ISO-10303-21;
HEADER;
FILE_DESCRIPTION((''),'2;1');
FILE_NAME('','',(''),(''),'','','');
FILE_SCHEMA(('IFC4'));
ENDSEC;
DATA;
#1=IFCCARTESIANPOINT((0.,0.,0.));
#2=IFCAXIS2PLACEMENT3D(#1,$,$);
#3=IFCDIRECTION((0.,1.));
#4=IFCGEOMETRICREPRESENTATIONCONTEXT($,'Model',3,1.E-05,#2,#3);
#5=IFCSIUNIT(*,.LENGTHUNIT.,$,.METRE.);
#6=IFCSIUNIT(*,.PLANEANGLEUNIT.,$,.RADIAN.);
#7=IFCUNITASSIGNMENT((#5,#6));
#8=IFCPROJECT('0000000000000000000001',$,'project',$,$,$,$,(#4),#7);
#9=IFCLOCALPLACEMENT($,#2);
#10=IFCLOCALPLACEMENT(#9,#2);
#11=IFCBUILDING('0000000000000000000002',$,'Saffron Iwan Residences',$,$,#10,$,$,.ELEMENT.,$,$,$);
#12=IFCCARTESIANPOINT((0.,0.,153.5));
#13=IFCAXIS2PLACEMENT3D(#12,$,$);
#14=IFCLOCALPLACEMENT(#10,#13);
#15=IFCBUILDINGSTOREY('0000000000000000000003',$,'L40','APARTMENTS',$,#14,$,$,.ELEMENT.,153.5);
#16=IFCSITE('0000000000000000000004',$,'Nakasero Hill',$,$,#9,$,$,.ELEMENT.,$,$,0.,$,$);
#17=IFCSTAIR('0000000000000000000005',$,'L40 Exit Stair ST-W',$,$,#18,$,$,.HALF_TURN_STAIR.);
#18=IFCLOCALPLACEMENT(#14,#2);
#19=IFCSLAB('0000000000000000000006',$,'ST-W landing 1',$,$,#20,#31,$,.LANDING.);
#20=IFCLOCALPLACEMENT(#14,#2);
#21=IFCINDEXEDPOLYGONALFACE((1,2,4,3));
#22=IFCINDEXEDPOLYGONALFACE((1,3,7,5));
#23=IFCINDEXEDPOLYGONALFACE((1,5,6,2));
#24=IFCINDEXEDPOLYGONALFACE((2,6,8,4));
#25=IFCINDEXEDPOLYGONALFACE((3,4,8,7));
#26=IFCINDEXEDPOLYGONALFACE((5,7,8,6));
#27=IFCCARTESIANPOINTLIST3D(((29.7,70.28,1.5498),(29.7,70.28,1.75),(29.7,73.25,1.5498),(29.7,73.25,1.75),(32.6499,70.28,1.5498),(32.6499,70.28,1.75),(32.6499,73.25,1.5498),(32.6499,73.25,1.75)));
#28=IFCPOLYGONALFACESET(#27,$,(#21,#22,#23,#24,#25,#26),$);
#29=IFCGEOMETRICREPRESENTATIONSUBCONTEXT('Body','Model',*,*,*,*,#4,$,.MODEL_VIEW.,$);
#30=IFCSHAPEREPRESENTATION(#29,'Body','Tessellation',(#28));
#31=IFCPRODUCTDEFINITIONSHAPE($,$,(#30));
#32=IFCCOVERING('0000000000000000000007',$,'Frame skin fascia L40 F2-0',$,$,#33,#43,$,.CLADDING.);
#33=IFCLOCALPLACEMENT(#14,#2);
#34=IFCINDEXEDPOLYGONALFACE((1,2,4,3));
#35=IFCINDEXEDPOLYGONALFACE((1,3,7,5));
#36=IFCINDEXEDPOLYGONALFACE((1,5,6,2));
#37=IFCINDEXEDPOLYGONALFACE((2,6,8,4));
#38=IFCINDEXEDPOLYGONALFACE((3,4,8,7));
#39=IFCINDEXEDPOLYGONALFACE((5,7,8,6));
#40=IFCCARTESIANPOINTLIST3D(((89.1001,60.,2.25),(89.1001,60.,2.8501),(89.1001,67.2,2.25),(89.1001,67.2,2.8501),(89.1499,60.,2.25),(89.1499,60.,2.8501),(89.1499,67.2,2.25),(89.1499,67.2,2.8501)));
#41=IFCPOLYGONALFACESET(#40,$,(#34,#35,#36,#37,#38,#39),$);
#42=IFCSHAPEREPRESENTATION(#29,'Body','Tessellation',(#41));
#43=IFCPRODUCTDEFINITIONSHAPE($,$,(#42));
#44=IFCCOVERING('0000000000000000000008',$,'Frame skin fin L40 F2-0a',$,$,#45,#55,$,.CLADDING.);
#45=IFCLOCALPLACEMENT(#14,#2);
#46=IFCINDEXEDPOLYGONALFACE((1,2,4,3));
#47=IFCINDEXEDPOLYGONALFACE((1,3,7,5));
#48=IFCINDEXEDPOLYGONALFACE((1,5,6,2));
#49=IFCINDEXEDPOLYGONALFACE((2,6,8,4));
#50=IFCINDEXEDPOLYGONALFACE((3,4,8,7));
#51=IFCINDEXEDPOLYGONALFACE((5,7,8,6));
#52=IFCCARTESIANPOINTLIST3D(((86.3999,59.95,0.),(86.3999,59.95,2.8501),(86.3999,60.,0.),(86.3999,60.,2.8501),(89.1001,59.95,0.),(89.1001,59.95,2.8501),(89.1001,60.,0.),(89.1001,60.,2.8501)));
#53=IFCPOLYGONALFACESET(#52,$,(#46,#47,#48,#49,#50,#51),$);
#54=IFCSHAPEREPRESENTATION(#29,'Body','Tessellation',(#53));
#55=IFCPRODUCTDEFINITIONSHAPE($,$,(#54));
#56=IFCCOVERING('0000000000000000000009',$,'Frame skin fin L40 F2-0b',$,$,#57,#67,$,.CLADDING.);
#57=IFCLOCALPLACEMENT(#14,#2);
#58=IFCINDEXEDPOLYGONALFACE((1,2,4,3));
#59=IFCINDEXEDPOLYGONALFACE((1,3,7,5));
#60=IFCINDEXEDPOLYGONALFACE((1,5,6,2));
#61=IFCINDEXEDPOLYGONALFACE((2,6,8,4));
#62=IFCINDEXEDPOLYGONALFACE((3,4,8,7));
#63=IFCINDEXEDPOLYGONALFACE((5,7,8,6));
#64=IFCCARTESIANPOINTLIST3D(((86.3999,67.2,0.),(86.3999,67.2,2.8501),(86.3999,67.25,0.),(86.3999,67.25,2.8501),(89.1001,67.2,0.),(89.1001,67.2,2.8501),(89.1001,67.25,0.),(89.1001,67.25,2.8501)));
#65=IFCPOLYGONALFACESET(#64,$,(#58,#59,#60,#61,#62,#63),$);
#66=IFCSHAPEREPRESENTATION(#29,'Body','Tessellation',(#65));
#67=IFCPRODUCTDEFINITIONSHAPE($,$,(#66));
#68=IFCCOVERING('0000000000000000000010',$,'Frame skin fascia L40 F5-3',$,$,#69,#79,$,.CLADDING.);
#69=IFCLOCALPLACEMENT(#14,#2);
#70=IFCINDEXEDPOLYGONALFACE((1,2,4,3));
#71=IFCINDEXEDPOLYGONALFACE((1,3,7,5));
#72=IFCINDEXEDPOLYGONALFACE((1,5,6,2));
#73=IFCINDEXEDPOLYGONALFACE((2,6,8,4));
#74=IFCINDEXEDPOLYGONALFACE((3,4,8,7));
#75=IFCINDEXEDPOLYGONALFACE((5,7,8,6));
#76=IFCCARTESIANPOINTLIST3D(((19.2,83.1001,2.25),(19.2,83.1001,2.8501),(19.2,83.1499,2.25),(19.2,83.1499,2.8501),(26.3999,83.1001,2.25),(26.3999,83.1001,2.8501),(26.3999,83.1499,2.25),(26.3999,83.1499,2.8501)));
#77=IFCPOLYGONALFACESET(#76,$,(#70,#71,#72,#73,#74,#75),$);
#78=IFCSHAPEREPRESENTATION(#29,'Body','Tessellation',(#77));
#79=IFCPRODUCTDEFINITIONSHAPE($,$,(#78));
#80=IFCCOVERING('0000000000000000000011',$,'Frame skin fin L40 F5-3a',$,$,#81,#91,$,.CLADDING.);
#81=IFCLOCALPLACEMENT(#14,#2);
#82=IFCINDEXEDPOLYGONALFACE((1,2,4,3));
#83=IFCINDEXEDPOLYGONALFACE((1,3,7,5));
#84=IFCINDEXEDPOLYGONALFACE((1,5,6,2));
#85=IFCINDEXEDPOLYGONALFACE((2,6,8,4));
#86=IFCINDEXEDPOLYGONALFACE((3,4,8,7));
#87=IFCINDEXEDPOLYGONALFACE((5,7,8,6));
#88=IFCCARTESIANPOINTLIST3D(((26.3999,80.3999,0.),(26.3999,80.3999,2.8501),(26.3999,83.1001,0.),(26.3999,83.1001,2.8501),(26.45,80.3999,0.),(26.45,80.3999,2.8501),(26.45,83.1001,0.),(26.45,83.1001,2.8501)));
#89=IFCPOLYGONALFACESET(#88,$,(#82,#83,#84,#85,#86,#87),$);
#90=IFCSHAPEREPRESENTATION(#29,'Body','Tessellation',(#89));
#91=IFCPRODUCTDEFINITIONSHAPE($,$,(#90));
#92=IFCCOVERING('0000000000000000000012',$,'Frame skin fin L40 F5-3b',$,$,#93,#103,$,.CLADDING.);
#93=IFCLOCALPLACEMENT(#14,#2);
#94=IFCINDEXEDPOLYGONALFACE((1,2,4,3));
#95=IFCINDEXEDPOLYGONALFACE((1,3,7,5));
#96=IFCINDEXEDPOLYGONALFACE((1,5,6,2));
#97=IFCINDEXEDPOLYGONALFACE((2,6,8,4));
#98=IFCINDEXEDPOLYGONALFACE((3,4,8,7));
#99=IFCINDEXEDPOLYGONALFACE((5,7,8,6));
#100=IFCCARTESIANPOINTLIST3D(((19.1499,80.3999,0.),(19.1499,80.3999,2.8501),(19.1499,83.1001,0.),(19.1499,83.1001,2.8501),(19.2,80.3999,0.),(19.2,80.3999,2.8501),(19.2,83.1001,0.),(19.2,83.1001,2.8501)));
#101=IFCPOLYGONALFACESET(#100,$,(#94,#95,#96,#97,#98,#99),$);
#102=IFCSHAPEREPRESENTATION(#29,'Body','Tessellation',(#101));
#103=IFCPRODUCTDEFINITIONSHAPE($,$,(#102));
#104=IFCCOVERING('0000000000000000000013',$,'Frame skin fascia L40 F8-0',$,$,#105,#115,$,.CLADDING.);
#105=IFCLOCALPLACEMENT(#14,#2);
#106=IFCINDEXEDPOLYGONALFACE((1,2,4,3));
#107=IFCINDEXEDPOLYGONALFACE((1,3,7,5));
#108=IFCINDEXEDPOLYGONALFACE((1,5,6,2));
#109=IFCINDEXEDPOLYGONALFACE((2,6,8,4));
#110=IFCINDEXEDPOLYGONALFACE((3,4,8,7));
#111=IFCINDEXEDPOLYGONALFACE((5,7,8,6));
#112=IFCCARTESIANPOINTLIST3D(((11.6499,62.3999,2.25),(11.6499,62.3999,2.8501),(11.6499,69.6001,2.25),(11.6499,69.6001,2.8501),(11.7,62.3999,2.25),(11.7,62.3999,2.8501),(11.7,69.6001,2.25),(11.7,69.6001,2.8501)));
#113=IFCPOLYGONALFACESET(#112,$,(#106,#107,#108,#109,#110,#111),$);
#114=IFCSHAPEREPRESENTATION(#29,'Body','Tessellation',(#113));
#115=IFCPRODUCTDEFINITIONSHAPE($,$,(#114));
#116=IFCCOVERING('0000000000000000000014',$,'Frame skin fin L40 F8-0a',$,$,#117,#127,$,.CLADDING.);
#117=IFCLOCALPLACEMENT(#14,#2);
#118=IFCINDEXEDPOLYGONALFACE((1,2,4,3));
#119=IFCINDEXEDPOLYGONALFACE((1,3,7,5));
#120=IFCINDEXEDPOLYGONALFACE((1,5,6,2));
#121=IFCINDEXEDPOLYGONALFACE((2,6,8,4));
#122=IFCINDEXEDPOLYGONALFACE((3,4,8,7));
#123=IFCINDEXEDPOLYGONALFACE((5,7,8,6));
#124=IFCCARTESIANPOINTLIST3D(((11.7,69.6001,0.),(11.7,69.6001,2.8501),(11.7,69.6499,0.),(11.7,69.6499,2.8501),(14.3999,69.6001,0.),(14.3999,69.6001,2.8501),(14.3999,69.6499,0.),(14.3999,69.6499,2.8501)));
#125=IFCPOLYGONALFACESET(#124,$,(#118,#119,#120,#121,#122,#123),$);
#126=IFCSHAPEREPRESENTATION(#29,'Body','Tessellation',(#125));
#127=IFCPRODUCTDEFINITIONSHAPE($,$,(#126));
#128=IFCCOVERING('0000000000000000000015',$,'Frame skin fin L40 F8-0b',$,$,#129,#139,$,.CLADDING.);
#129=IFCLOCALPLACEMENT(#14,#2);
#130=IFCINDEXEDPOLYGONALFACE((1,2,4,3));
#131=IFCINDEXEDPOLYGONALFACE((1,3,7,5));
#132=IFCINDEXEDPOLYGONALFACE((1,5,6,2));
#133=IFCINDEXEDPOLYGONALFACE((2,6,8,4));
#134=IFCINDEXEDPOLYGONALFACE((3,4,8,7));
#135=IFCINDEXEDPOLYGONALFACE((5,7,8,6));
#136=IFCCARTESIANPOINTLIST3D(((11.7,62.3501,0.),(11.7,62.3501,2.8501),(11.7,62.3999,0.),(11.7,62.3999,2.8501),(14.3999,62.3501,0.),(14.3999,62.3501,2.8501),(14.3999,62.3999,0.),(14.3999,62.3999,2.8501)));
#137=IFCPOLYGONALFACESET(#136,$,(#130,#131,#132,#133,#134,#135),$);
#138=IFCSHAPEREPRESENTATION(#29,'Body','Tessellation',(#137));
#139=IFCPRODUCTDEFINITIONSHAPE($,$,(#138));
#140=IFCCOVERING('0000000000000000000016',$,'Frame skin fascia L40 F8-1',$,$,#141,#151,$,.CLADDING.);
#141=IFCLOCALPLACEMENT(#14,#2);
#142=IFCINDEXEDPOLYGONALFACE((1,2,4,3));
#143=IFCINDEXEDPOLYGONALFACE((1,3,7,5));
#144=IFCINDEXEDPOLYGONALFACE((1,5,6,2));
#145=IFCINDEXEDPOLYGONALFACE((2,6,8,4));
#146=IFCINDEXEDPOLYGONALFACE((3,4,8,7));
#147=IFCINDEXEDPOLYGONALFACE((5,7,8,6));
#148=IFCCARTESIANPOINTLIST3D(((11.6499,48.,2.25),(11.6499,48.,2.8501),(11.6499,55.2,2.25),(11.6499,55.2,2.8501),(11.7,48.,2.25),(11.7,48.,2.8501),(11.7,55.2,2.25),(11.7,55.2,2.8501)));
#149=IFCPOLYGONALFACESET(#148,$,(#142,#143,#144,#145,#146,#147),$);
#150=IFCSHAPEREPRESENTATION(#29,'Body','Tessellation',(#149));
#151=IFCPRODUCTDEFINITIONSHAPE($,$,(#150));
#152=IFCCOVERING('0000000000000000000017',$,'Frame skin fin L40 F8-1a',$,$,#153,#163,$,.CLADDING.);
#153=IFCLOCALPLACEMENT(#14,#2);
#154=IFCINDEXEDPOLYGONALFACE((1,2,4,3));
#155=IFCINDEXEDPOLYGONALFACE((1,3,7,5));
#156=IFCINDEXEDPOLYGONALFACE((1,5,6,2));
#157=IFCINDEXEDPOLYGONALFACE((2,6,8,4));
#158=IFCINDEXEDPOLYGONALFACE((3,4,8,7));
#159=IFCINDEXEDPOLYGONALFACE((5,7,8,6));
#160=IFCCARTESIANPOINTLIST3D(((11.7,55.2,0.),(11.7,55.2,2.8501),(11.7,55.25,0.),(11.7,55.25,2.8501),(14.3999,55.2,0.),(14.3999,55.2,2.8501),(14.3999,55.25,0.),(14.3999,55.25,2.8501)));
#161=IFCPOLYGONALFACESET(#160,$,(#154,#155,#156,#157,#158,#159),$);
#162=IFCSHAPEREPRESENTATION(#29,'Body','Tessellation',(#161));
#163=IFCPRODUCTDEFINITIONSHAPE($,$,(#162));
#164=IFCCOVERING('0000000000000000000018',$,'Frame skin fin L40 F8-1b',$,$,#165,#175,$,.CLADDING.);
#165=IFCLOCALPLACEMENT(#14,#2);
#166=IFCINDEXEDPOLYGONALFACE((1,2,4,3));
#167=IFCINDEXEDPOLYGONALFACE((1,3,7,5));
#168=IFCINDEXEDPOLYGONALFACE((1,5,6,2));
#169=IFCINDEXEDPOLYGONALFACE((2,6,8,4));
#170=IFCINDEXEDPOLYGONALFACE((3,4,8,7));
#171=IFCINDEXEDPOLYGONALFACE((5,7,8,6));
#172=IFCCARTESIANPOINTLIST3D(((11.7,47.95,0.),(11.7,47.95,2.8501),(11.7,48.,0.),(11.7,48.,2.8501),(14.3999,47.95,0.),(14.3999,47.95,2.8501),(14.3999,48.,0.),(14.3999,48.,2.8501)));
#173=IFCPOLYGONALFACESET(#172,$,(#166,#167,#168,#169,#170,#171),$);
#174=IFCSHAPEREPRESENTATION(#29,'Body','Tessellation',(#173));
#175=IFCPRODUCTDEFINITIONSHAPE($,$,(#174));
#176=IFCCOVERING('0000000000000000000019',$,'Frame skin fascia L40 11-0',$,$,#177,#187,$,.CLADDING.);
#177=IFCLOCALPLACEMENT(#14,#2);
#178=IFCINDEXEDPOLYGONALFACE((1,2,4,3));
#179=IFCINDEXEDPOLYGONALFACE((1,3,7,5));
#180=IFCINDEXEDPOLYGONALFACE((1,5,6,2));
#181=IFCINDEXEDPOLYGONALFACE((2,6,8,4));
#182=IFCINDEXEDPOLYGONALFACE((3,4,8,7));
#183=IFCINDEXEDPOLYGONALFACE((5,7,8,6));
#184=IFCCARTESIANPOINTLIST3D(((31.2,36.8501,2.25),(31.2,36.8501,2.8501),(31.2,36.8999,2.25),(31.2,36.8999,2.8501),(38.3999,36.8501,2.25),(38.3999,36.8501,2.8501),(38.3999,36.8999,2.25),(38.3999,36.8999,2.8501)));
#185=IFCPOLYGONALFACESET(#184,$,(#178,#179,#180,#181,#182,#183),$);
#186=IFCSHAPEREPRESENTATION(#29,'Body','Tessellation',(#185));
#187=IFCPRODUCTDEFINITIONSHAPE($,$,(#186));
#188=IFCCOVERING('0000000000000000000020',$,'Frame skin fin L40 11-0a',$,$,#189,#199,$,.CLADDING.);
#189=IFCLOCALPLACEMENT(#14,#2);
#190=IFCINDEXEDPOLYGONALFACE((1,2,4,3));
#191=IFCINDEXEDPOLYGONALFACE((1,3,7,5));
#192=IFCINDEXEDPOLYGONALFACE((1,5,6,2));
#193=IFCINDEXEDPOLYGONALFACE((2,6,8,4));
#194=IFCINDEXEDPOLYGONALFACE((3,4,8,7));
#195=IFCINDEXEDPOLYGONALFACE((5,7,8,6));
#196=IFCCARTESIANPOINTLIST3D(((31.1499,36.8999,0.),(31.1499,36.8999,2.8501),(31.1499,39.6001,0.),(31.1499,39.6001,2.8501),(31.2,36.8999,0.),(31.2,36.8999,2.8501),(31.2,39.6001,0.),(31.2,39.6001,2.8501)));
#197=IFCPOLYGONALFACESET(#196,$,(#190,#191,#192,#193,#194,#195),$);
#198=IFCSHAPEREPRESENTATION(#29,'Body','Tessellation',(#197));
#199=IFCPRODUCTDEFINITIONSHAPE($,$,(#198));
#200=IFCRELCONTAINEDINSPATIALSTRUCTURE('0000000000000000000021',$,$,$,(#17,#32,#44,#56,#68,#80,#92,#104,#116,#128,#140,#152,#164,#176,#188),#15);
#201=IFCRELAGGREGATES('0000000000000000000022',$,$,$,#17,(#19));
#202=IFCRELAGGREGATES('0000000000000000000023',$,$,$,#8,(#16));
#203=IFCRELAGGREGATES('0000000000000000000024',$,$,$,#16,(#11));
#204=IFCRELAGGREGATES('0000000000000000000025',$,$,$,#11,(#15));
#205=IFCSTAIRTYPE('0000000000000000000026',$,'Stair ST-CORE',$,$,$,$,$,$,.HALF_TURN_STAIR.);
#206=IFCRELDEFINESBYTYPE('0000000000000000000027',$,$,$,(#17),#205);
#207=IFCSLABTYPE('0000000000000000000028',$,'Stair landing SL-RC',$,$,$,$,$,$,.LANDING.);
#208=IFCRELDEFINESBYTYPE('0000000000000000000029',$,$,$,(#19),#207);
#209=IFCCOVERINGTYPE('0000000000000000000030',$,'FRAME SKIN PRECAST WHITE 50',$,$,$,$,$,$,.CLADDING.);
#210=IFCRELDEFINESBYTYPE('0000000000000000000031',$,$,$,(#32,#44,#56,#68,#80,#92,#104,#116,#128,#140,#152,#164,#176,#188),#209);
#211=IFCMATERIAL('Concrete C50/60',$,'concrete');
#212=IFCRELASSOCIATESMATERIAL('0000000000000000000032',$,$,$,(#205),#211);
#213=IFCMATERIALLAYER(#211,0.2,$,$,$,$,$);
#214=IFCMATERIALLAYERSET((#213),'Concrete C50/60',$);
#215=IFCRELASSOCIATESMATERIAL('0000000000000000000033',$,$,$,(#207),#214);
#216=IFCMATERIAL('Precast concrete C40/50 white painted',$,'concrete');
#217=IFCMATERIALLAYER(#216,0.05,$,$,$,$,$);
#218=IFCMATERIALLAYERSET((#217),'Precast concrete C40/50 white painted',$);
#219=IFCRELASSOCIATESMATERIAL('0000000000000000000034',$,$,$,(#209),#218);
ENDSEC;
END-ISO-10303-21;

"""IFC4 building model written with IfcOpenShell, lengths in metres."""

from ifc_helpers import new_model, si_unit, direction, frame, origin, place, context, subcontext, project, spatial, polyline, outline, extrude, material, layer, layer_set, type_object, element, aggregate, save


model = new_model("IFC4")

# Units and contexts
model_context = context("Model", 3, precision=1e-05, world=origin(), true_north=direction((0.0, 1.0)))
body_context = subcontext(model_context, "Body", "Model", "MODEL_VIEW")
ifc_project = project(units=[si_unit("LENGTHUNIT", "METRE"), si_unit("PLANEANGLEUNIT", "RADIAN")], contexts=[model_context])

# Site, building, storey
site_placement = place(None, origin())
site = spatial("IfcSite", under=ifc_project, at=site_placement, Name="Nakasero Hill", CompositionType="ELEMENT", RefElevation=0.0)
building_placement = place(site_placement, origin())
building = spatial("IfcBuilding", under=site, at=building_placement, Name="Saffron Iwan Residences", CompositionType="ELEMENT")
storey_placement = place(building_placement, frame((0.0, 0.0, 153.5)))
storey = spatial("IfcBuildingStorey", under=building, at=storey_placement, Name="L40", Description="APARTMENTS", CompositionType="ELEMENT", Elevation=153.5)

# Stair, slab
ifc_material_1 = material(Name="Concrete C50/60", Category="concrete")
stair_type = type_object("IfcStairType", Name="Stair ST-CORE", PredefinedType="HALF_TURN_STAIR", material=ifc_material_1)
stair_placement = place(storey_placement, origin())
stair = element("IfcStair", 1, at=stair_placement, inside=storey, type_object=stair_type, Name="L40 Exit Stair ST-W", PredefinedType="HALF_TURN_STAIR")
ifc_layer_1 = layer(ifc_material_1, 0.2)
ifc_layer_set_1 = layer_set([ifc_layer_1], Name="Concrete C50/60")
slab_type = type_object("IfcSlabType", Name="Stair landing SL-RC", PredefinedType="LANDING", material=ifc_layer_set_1)
slab_placement = place(storey_placement, frame((0.0, 0.0, 1.5498)))
slab = element("IfcSlab", 2, at=slab_placement, type_object=slab_type, Name="ST-W landing 1", PredefinedType="LANDING", context=body_context, shape_type="SweptSolid", body=[
    extrude(outline(polyline([(32.6499, 70.28), (32.6499, 73.25), (29.7, 73.25), (29.7, 70.28), (32.6499, 70.28)])), origin(), (0.0, 0.0, 1.0), 0.2002),
])
aggregate(stair, [slab])

# Coverings
ifc_material_2 = material(Name="Precast concrete C40/50 white painted", Category="concrete")
ifc_layer_2 = layer(ifc_material_2, 0.05)
ifc_layer_set_2 = layer_set([ifc_layer_2], Name="Precast concrete C40/50 white painted")
covering_type_1 = type_object("IfcCoveringType", Name="FRAME SKIN PRECAST WHITE 50", PredefinedType="CLADDING", material=ifc_layer_set_2)
covering_1_placement = place(storey_placement, frame((0.0, 0.0, 2.25)))
element("IfcCovering", 3, at=covering_1_placement, inside=storey, type_object=covering_type_1, Name="Frame skin fascia L40 F2-0", PredefinedType="CLADDING", context=body_context, shape_type="SweptSolid", body=[
    extrude(outline(polyline([(89.1499, 60.0), (89.1499, 67.2), (89.1001, 67.2), (89.1001, 60.0), (89.1499, 60.0)])), origin(), (0.0, 0.0, 1.0), 0.6001),
])
covering_2_placement = place(storey_placement, origin())
element("IfcCovering", 4, at=covering_2_placement, inside=storey, type_object=covering_type_1, Name="Frame skin fin L40 F2-0a", PredefinedType="CLADDING", context=body_context, shape_type="SweptSolid", body=[
    extrude(outline(polyline([(89.1001, 59.95), (89.1001, 60.0), (86.3999, 60.0), (86.3999, 59.95), (89.1001, 59.95)])), origin(), (0.0, 0.0, 1.0), 2.8501),
])
covering_3_placement = place(storey_placement, origin())
element("IfcCovering", 5, at=covering_3_placement, inside=storey, type_object=covering_type_1, Name="Frame skin fin L40 F2-0b", PredefinedType="CLADDING", context=body_context, shape_type="SweptSolid", body=[
    extrude(outline(polyline([(89.1001, 67.2), (89.1001, 67.25), (86.3999, 67.25), (86.3999, 67.2), (89.1001, 67.2)])), origin(), (0.0, 0.0, 1.0), 2.8501),
])
covering_4_placement = place(storey_placement, frame((0.0, 0.0, 2.25)))
element("IfcCovering", 6, at=covering_4_placement, inside=storey, type_object=covering_type_1, Name="Frame skin fascia L40 F5-3", PredefinedType="CLADDING", context=body_context, shape_type="SweptSolid", body=[
    extrude(outline(polyline([(26.3999, 83.1499), (19.2, 83.1499), (19.2, 83.1001), (26.3999, 83.1001), (26.3999, 83.1499)])), origin(), (0.0, 0.0, 1.0), 0.6001),
])
covering_5_placement = place(storey_placement, origin())
element("IfcCovering", 7, at=covering_5_placement, inside=storey, type_object=covering_type_1, Name="Frame skin fin L40 F5-3a", PredefinedType="CLADDING", context=body_context, shape_type="SweptSolid", body=[
    extrude(outline(polyline([(26.45, 83.1001), (26.3999, 83.1001), (26.3999, 80.3999), (26.45, 80.3999), (26.45, 83.1001)])), origin(), (0.0, 0.0, 1.0), 2.8501),
])
covering_6_placement = place(storey_placement, origin())
element("IfcCovering", 8, at=covering_6_placement, inside=storey, type_object=covering_type_1, Name="Frame skin fin L40 F5-3b", PredefinedType="CLADDING", context=body_context, shape_type="SweptSolid", body=[
    extrude(outline(polyline([(19.2, 83.1001), (19.1499, 83.1001), (19.1499, 80.3999), (19.2, 80.3999), (19.2, 83.1001)])), origin(), (0.0, 0.0, 1.0), 2.8501),
])
covering_7_placement = place(storey_placement, frame((0.0, 0.0, 2.25)))
element("IfcCovering", 9, at=covering_7_placement, inside=storey, type_object=covering_type_1, Name="Frame skin fascia L40 F8-0", PredefinedType="CLADDING", context=body_context, shape_type="SweptSolid", body=[
    extrude(outline(polyline([(11.6499, 69.6001), (11.6499, 62.3999), (11.7, 62.3999), (11.7, 69.6001), (11.6499, 69.6001)])), origin(), (0.0, 0.0, 1.0), 0.6001),
])
covering_8_placement = place(storey_placement, origin())
element("IfcCovering", 10, at=covering_8_placement, inside=storey, type_object=covering_type_1, Name="Frame skin fin L40 F8-0a", PredefinedType="CLADDING", context=body_context, shape_type="SweptSolid", body=[
    extrude(outline(polyline([(11.7, 69.6499), (11.7, 69.6001), (14.3999, 69.6001), (14.3999, 69.6499), (11.7, 69.6499)])), origin(), (0.0, 0.0, 1.0), 2.8501),
])
covering_9_placement = place(storey_placement, origin())
element("IfcCovering", 11, at=covering_9_placement, inside=storey, type_object=covering_type_1, Name="Frame skin fin L40 F8-0b", PredefinedType="CLADDING", context=body_context, shape_type="SweptSolid", body=[
    extrude(outline(polyline([(11.7, 62.3999), (11.7, 62.3501), (14.3999, 62.3501), (14.3999, 62.3999), (11.7, 62.3999)])), origin(), (0.0, 0.0, 1.0), 2.8501),
])
covering_10_placement = place(storey_placement, frame((0.0, 0.0, 2.25)))
element("IfcCovering", 12, at=covering_10_placement, inside=storey, type_object=covering_type_1, Name="Frame skin fascia L40 F8-1", PredefinedType="CLADDING", context=body_context, shape_type="SweptSolid", body=[
    extrude(outline(polyline([(11.6499, 55.2), (11.6499, 48.0), (11.7, 48.0), (11.7, 55.2), (11.6499, 55.2)])), origin(), (0.0, 0.0, 1.0), 0.6001),
])
covering_11_placement = place(storey_placement, origin())
element("IfcCovering", 13, at=covering_11_placement, inside=storey, type_object=covering_type_1, Name="Frame skin fin L40 F8-1a", PredefinedType="CLADDING", context=body_context, shape_type="SweptSolid", body=[
    extrude(outline(polyline([(11.7, 55.25), (11.7, 55.2), (14.3999, 55.2), (14.3999, 55.25), (11.7, 55.25)])), origin(), (0.0, 0.0, 1.0), 2.8501),
])
covering_12_placement = place(storey_placement, origin())
element("IfcCovering", 14, at=covering_12_placement, inside=storey, type_object=covering_type_1, Name="Frame skin fin L40 F8-1b", PredefinedType="CLADDING", context=body_context, shape_type="SweptSolid", body=[
    extrude(outline(polyline([(11.7, 48.0), (11.7, 47.95), (14.3999, 47.95), (14.3999, 48.0), (11.7, 48.0)])), origin(), (0.0, 0.0, 1.0), 2.8501),
])
covering_13_placement = place(storey_placement, frame((0.0, 0.0, 2.25)))
element("IfcCovering", 15, at=covering_13_placement, inside=storey, type_object=covering_type_1, Name="Frame skin fascia L40 11-0", PredefinedType="CLADDING", context=body_context, shape_type="SweptSolid", body=[
    extrude(outline(polyline([(31.2, 36.8501), (38.3999, 36.8501), (38.3999, 36.8999), (31.2, 36.8999), (31.2, 36.8501)])), origin(), (0.0, 0.0, 1.0), 0.6001),
])
covering_14_placement = place(storey_placement, origin())
element("IfcCovering", 16, at=covering_14_placement, inside=storey, type_object=covering_type_1, Name="Frame skin fin L40 11-0a", PredefinedType="CLADDING", context=body_context, shape_type="SweptSolid", body=[
    extrude(outline(polyline([(31.1499, 36.8999), (31.2, 36.8999), (31.2, 39.6001), (31.1499, 39.6001), (31.1499, 36.8999)])), origin(), (0.0, 0.0, 1.0), 2.8501),
])

save(model, "model.ifc")
